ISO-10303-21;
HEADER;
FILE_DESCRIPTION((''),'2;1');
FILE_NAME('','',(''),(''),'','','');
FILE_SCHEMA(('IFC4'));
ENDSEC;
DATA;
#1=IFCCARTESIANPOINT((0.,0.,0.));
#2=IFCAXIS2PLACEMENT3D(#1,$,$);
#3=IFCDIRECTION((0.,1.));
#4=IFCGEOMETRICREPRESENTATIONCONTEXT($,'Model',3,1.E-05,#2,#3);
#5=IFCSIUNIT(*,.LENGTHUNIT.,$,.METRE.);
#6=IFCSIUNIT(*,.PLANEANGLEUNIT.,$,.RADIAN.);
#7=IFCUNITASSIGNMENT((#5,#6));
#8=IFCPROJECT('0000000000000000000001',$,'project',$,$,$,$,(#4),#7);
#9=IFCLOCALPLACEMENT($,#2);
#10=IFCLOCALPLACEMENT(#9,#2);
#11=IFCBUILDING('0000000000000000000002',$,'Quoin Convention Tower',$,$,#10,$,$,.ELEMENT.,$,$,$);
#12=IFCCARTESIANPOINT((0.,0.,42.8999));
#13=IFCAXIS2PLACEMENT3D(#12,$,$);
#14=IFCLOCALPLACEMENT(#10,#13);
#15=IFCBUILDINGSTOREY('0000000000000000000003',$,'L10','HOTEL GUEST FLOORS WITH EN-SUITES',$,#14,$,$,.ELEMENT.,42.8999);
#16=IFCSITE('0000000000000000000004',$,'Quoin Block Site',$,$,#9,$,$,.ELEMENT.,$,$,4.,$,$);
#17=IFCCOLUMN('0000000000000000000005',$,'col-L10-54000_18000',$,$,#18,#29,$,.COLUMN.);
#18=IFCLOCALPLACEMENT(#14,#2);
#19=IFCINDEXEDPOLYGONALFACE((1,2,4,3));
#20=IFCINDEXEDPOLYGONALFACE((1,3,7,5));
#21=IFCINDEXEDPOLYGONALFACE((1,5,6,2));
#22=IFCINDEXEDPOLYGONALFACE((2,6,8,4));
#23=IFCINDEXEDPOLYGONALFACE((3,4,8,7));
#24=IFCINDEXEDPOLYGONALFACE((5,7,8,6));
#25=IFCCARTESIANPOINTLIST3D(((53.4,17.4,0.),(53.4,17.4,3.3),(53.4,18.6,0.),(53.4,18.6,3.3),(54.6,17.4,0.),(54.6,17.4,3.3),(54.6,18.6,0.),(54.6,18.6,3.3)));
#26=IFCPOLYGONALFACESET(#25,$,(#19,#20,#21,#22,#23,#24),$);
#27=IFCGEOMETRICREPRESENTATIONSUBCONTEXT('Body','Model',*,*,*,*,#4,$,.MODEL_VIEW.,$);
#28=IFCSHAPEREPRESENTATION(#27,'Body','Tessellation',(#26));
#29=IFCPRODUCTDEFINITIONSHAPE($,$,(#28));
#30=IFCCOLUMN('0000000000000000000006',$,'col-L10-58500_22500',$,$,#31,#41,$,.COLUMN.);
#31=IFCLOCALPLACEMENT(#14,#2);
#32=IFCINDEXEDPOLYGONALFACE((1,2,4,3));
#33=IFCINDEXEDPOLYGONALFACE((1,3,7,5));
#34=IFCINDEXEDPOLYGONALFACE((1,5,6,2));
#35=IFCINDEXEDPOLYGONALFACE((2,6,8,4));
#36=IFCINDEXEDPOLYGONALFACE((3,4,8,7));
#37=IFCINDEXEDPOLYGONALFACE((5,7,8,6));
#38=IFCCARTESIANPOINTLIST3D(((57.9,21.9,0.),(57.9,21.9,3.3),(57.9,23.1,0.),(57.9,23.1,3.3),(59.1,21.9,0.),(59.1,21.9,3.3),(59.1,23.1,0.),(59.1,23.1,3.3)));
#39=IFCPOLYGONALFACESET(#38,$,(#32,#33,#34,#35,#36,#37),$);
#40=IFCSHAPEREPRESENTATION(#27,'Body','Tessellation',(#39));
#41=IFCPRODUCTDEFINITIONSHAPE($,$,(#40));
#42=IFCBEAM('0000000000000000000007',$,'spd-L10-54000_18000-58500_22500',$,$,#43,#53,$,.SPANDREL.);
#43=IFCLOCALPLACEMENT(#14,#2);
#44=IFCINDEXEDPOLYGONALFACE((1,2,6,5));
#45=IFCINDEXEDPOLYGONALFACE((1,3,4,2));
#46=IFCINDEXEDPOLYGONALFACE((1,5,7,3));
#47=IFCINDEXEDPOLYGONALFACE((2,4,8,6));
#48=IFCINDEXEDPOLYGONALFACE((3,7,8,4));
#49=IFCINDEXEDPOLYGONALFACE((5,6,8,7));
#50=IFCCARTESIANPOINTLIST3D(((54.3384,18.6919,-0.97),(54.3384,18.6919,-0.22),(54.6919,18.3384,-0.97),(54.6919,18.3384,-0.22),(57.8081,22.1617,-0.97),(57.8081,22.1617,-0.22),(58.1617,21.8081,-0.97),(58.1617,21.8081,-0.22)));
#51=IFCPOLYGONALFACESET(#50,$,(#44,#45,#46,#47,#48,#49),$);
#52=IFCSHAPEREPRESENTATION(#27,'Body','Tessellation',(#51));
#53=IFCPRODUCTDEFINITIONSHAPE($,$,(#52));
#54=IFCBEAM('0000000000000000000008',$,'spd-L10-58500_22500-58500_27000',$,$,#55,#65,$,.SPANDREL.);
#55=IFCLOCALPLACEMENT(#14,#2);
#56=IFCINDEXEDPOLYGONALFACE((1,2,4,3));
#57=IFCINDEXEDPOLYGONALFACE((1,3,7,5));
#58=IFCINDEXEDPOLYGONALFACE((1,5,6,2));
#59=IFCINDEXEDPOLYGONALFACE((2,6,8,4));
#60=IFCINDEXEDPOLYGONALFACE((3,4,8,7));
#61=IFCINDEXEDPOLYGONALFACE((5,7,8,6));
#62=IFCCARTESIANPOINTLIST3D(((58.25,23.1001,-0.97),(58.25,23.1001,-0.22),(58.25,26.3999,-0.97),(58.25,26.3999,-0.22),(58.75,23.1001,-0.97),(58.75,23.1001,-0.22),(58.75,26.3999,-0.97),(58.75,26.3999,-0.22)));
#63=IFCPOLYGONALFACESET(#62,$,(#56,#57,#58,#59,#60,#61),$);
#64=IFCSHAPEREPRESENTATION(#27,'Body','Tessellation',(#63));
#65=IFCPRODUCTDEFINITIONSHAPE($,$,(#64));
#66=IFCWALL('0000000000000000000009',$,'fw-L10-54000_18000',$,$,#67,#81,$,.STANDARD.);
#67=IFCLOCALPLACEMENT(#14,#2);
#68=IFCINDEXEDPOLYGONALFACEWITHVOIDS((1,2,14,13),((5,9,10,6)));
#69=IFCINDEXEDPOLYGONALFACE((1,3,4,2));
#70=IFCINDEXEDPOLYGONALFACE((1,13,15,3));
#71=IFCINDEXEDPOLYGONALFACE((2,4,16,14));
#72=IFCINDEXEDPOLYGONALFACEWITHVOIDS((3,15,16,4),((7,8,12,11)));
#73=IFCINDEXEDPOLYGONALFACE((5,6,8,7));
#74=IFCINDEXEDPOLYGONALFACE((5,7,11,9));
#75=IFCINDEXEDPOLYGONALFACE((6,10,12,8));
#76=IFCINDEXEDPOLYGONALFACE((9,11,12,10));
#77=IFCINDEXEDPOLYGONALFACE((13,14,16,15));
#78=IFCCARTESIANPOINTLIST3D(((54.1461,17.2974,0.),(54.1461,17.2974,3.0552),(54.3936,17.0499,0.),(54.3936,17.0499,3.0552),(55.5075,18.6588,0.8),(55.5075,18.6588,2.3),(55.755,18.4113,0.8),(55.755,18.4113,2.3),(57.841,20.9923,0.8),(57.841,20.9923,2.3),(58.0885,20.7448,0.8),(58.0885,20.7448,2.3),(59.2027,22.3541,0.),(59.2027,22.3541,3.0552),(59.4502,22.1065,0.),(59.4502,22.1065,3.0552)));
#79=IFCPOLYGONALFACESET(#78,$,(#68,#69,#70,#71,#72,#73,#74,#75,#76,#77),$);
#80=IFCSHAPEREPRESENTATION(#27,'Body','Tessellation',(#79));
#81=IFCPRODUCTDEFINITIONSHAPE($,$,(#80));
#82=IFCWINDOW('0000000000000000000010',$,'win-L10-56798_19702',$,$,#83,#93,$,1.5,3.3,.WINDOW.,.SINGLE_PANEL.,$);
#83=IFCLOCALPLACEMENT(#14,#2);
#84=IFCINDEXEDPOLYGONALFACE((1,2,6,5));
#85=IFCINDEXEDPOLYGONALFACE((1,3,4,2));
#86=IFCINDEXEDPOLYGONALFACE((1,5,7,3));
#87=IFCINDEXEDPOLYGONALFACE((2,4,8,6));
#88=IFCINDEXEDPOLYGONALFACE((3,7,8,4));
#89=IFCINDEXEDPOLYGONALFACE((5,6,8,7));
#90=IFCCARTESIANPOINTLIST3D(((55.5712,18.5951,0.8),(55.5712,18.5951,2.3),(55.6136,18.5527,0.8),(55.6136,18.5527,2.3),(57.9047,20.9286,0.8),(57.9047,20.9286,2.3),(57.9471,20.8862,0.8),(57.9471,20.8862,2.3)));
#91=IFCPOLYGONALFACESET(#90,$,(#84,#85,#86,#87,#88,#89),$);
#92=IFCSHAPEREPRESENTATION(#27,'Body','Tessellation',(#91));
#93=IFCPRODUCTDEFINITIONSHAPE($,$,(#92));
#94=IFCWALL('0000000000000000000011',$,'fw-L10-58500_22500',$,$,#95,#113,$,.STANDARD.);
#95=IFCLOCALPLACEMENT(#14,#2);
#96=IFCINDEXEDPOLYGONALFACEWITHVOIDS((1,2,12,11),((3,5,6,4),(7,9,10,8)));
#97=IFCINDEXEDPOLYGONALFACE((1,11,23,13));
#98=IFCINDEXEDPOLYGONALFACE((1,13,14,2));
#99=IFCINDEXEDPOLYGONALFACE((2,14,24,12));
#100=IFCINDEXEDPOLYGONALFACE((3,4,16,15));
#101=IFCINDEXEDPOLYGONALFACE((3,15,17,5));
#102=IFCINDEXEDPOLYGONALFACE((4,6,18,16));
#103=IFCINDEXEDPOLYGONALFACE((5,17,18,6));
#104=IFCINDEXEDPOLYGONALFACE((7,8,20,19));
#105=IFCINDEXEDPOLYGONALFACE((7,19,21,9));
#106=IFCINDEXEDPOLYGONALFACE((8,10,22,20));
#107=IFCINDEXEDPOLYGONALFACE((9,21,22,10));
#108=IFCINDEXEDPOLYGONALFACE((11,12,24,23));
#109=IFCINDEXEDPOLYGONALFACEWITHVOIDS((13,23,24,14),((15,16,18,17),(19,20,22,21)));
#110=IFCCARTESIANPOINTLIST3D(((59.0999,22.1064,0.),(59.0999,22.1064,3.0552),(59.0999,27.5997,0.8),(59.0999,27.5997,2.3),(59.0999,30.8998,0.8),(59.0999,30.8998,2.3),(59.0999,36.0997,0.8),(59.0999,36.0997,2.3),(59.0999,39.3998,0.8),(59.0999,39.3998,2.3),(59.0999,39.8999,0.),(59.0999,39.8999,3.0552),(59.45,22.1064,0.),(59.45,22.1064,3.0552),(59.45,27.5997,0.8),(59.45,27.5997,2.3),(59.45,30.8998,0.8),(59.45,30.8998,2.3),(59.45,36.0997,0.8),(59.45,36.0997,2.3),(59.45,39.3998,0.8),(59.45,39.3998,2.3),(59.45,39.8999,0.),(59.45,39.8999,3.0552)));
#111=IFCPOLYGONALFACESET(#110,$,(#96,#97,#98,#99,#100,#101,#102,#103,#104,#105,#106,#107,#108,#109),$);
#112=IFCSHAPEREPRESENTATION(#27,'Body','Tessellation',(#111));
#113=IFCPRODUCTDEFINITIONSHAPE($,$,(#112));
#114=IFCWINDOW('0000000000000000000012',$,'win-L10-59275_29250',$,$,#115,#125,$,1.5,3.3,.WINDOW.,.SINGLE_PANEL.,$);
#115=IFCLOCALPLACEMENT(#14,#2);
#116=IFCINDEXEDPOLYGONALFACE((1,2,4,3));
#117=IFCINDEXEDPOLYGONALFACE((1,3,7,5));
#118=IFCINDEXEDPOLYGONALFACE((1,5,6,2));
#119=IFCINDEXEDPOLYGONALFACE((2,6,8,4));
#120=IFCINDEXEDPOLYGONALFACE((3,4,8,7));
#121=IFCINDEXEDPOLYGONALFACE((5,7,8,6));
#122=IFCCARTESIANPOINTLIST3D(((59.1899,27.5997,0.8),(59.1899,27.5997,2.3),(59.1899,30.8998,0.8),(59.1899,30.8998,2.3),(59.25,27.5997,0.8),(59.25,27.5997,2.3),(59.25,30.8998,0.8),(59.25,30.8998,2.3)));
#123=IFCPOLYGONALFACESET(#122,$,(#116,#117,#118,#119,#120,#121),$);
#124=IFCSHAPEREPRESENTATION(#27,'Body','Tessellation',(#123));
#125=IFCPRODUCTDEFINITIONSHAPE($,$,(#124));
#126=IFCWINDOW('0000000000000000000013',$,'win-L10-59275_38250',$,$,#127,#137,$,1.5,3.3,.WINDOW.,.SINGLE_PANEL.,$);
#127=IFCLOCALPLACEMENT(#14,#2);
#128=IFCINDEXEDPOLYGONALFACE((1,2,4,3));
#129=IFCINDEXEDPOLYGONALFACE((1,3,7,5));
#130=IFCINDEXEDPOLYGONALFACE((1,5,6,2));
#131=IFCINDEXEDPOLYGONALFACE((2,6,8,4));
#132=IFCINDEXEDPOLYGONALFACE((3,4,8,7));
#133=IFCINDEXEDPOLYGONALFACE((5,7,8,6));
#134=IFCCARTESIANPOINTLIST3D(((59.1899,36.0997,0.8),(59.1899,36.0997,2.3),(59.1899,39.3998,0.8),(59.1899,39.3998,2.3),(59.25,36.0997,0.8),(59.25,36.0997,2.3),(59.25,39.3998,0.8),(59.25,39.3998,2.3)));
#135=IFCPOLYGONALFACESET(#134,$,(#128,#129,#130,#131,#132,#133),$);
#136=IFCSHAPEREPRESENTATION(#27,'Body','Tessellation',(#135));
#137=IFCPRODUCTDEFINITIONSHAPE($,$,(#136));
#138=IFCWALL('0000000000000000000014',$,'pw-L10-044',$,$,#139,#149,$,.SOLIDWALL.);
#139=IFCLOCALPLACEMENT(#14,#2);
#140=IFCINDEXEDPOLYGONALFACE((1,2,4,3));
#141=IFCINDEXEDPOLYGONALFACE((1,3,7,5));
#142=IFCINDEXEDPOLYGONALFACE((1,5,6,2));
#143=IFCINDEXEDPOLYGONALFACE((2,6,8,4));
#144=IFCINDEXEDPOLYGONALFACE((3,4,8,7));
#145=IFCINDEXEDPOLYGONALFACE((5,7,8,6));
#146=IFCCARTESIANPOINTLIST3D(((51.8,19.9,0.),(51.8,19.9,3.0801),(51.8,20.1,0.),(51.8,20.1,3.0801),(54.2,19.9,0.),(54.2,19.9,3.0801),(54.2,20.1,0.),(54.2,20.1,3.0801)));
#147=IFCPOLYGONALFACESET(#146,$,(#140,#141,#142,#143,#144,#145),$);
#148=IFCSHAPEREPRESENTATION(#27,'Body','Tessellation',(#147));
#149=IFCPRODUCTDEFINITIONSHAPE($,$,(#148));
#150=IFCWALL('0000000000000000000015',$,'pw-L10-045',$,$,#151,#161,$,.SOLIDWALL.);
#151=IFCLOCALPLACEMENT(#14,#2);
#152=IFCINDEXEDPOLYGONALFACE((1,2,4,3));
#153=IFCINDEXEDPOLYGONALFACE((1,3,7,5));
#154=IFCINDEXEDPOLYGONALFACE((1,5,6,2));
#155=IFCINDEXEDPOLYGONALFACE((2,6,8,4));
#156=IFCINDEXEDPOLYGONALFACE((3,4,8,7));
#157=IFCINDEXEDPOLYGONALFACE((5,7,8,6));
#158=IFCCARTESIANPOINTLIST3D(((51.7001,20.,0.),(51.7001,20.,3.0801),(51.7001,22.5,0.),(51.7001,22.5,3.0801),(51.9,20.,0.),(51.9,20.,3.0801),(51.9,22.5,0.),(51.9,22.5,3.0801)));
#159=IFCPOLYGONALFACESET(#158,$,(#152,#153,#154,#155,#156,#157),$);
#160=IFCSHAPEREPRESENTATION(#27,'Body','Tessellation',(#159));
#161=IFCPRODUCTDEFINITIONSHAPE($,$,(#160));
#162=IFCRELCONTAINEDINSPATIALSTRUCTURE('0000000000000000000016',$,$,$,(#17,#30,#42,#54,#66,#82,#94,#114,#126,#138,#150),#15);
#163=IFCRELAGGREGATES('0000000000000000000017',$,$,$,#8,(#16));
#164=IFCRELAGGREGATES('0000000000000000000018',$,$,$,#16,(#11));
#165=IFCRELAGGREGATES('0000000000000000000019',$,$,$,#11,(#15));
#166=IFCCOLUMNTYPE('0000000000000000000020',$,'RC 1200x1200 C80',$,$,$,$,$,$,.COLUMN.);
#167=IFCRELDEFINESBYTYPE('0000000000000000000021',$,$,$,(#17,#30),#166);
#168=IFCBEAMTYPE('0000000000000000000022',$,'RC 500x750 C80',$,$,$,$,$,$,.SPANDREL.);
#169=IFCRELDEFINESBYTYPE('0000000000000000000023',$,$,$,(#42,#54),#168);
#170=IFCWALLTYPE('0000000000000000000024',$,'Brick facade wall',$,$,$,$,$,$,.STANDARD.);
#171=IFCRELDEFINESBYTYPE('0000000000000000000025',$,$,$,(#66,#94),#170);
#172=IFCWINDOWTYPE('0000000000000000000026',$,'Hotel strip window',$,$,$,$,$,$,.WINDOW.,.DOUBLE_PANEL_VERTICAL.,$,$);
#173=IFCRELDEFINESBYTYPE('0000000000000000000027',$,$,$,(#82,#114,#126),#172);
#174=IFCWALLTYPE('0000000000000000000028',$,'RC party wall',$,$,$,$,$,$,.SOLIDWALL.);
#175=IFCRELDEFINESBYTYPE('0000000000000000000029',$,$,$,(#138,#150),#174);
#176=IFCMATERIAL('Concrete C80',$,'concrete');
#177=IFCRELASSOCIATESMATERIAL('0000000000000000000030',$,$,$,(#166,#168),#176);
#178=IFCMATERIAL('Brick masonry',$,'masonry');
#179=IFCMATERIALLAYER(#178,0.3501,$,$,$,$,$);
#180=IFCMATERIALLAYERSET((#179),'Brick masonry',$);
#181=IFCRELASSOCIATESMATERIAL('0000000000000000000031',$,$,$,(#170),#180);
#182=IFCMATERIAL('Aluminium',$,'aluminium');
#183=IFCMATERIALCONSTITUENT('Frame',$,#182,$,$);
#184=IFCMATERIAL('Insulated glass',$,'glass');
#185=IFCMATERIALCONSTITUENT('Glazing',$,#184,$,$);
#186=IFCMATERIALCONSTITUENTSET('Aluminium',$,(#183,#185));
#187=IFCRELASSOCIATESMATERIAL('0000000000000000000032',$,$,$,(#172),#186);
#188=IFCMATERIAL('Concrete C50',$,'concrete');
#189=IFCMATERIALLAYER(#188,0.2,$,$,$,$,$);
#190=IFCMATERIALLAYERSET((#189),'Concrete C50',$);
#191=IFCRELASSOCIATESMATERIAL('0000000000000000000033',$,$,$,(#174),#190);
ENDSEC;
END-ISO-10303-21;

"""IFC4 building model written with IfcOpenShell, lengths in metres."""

from ifc_helpers import new_model, si_unit, direction, frame, frame_2d, origin, origin_2d, place, context, subcontext, project, spatial, rectangle, extrude, material, layer, layer_set, constituent, constituent_set, material_profile, profile_set, type_object, element, fill, save


model = new_model("IFC4")

# Units and contexts
model_context = context("Model", 3, precision=1e-05, world=origin(), true_north=direction((0.0, 1.0)))
body_context = subcontext(model_context, "Body", "Model", "MODEL_VIEW")
ifc_project = project(units=[si_unit("LENGTHUNIT", "METRE"), si_unit("PLANEANGLEUNIT", "RADIAN")], contexts=[model_context])

# Site, building, storey
site_placement = place(None, origin())
site = spatial("IfcSite", under=ifc_project, at=site_placement, Name="Quoin Block Site", CompositionType="ELEMENT", RefElevation=4.0)
building_placement = place(site_placement, origin())
building = spatial("IfcBuilding", under=site, at=building_placement, Name="Quoin Convention Tower", CompositionType="ELEMENT")
storey_placement = place(building_placement, frame((0.0, 0.0, 42.8999)))
storey = spatial("IfcBuildingStorey", under=building, at=storey_placement, Name="L10", Description="HOTEL GUEST FLOORS WITH EN-SUITES", CompositionType="ELEMENT", Elevation=42.8999)

# Columns
ifc_material_1 = material(Name="Concrete C80", Category="concrete")
ifc_material_profile_1 = material_profile(ifc_material_1, rectangle(XDim=1.2, YDim=1.2, at=origin_2d()), Name="RC 1200x1200")
ifc_profile_set_1 = profile_set([ifc_material_profile_1], Name="Concrete C80")
column_type = type_object("IfcColumnType", Name="RC 1200x1200 C80", PredefinedType="COLUMN", material=ifc_profile_set_1)
for number, where, z_axis, x_axis, name in (
    (1, (54.0, 18.0, 0.0), (0.0, 0.0, 1.0), (1.0, 0.0, 0.0), "col-L10-54000_18000"),
    (2, (58.5, 22.5, 0.0), (0.0, 0.0, 1.0), (1.0, 0.0, 0.0), "col-L10-58500_22500"),
):
    element("IfcColumn", number, at=place(storey_placement, frame(where, z_axis=z_axis, x_axis=x_axis)), inside=storey, type_object=column_type, Name=name, PredefinedType="COLUMN", context=body_context, shape_type="SweptSolid", body=[
        extrude(rectangle(XDim=1.2, YDim=1.2, at=origin_2d()), origin(), (0.0, 0.0, 1.0), 3.3),
    ])

# Beams
ifc_material_profile_2 = material_profile(ifc_material_1, rectangle(XDim=0.5, YDim=0.75, at=origin_2d()), Name="RC 500x750")
ifc_profile_set_2 = profile_set([ifc_material_profile_2], Name="Concrete C80")
beam_type = type_object("IfcBeamType", Name="RC 500x750 C80", PredefinedType="SPANDREL", material=ifc_profile_set_2)
beam_1_placement = place(storey_placement, frame((54.5151, 18.5151, -0.595), z_axis=(0.707107, 0.707107, 0.0), x_axis=(-0.707107, 0.707107, 0.0)))
element("IfcBeam", 3, at=beam_1_placement, inside=storey, type_object=beam_type, Name="spd-L10-54000_18000-58500_22500", PredefinedType="SPANDREL", context=body_context, shape_type="SweptSolid", body=[
    extrude(rectangle(XDim=0.5, YDim=0.75, at=origin_2d()), origin(), (0.0, 0.0, 1.0), 4.907),
])
beam_2_placement = place(storey_placement, frame((58.5, 23.1001, -0.595), z_axis=(0.0, 1.0, 0.0), x_axis=(-1.0, 0.0, 0.0)))
element("IfcBeam", 4, at=beam_2_placement, inside=storey, type_object=beam_type, Name="spd-L10-58500_22500-58500_27000", PredefinedType="SPANDREL", context=body_context, shape_type="SweptSolid", body=[
    extrude(rectangle(XDim=0.5, YDim=0.75, at=origin_2d()), origin(), (0.0, 0.0, 1.0), 3.2998),
])

# Wall, opening, window
ifc_material_2 = material(Name="Brick masonry", Category="masonry")
ifc_layer_1 = layer(ifc_material_2, 0.3501)
ifc_layer_set_1 = layer_set([ifc_layer_1], Name="Brick masonry")
wall_type_1 = type_object("IfcWallType", Name="Brick facade wall", PredefinedType="STANDARD", material=ifc_layer_set_1)
wall_1_placement = place(storey_placement, frame((54.2698, 17.1736, 0.0), z_axis=(0.0, 0.0, 1.0), x_axis=(0.707107, 0.707107, 0.0)))
wall_1 = element("IfcWall", 5, at=wall_1_placement, inside=storey, type_object=wall_type_1, Name="fw-L10-54000_18000", PredefinedType="STANDARD", context=body_context, shape_type="SweptSolid", body=[
    extrude(rectangle(XDim=7.1511, YDim=0.3501, at=frame_2d((3.5757, 0.0))), origin(), (0.0, 0.0, 1.0), 3.0552),
])
opening_1_placement = place(wall_1_placement, frame((1.9255, 0.0, 0.8)))
opening_1 = element("IfcOpeningElement", 6, at=opening_1_placement, cuts=wall_1, PredefinedType="OPENING", context=body_context, shape_type="SweptSolid", body=[
    extrude(rectangle(XDim=3.3, YDim=1.5, at=frame_2d((1.6499, 0.75))), frame((0.0, 0.1851, 0.0), z_axis=(0.0, -1.0, 0.0), x_axis=(1.0, 0.0, 0.0)), (0.0, 0.0, 1.0), 0.3701),
])
ifc_material_3 = material(Name="Aluminium", Category="aluminium")
ifc_constituent_1 = constituent(ifc_material_3, Name="Frame")
ifc_material_4 = material(Name="Insulated glass", Category="glass")
ifc_constituent_2 = constituent(ifc_material_4, Name="Glazing")
ifc_constituent_set = constituent_set(constituents=[ifc_constituent_1, ifc_constituent_2], Name="Aluminium")
window_type = type_object("IfcWindowType", Name="Hotel strip window", PartitioningType="DOUBLE_PANEL_VERTICAL", PredefinedType="WINDOW", material=ifc_constituent_set)
window_1_placement = place(opening_1_placement, origin())
window_1 = element("IfcWindow", 7, at=window_1_placement, inside=storey, type_object=window_type, Name="win-L10-56798_19702", OverallHeight=1.5, OverallWidth=3.3, PartitioningType="SINGLE_PANEL", PredefinedType="WINDOW", context=body_context, shape_type="SweptSolid", body=[
    extrude(rectangle(XDim=3.3, YDim=1.5, at=frame_2d((1.6499, 0.75))), frame((0.0, 0.085, 0.0), z_axis=(0.0, -1.0, 0.0), x_axis=(1.0, 0.0, 0.0)), (0.0, 0.0, 1.0), 0.0601),
])
fill(opening_1, window_1)

# Wall, openings, windows
wall_2_placement = place(storey_placement, frame((59.2749, 22.1064, 0.0), z_axis=(0.0, 0.0, 1.0), x_axis=(0.0, 1.0, 0.0)))
wall_2 = element("IfcWall", 8, at=wall_2_placement, inside=storey, type_object=wall_type_1, Name="fw-L10-58500_22500", PredefinedType="STANDARD", context=body_context, shape_type="SweptSolid", body=[
    extrude(rectangle(XDim=17.7935, YDim=0.3501, at=frame_2d((8.8967, 0.0))), origin(), (0.0, 0.0, 1.0), 3.0552),
])
opening_2_placement = place(wall_2_placement, frame((5.4934, 0.0, 0.8)))
opening_2 = element("IfcOpeningElement", 9, at=opening_2_placement, cuts=wall_2, PredefinedType="OPENING", context=body_context, shape_type="SweptSolid", body=[
    extrude(rectangle(XDim=3.3, YDim=1.5, at=frame_2d((1.6499, 0.75))), frame((0.0, 0.1851, 0.0), z_axis=(0.0, -1.0, 0.0), x_axis=(1.0, 0.0, 0.0)), (0.0, 0.0, 1.0), 0.3701),
])
opening_3_placement = place(wall_2_placement, frame((13.9934, 0.0, 0.8)))
opening_3 = element("IfcOpeningElement", 10, at=opening_3_placement, cuts=wall_2, PredefinedType="OPENING", context=body_context, shape_type="SweptSolid", body=[
    extrude(rectangle(XDim=3.3, YDim=1.5, at=frame_2d((1.6499, 0.75))), frame((0.0, 0.1851, 0.0), z_axis=(0.0, -1.0, 0.0), x_axis=(1.0, 0.0, 0.0)), (0.0, 0.0, 1.0), 0.3701),
])
window_2_placement = place(opening_2_placement, origin())
window_2 = element("IfcWindow", 11, at=window_2_placement, inside=storey, type_object=window_type, Name="win-L10-59275_29250", OverallHeight=1.5, OverallWidth=3.3, PartitioningType="SINGLE_PANEL", PredefinedType="WINDOW", context=body_context, shape_type="SweptSolid", body=[
    extrude(rectangle(XDim=3.3, YDim=1.5, at=frame_2d((1.6499, 0.75))), frame((0.0, 0.085, 0.0), z_axis=(0.0, -1.0, 0.0), x_axis=(1.0, 0.0, 0.0)), (0.0, 0.0, 1.0), 0.0601),
])
fill(opening_2, window_2)
window_3_placement = place(opening_3_placement, origin())
window_3 = element("IfcWindow", 12, at=window_3_placement, inside=storey, type_object=window_type, Name="win-L10-59275_38250", OverallHeight=1.5, OverallWidth=3.3, PartitioningType="SINGLE_PANEL", PredefinedType="WINDOW", context=body_context, shape_type="SweptSolid", body=[
    extrude(rectangle(XDim=3.3, YDim=1.5, at=frame_2d((1.6499, 0.75))), frame((0.0, 0.085, 0.0), z_axis=(0.0, -1.0, 0.0), x_axis=(1.0, 0.0, 0.0)), (0.0, 0.0, 1.0), 0.0601),
])
fill(opening_3, window_3)

# Walls
ifc_material_5 = material(Name="Concrete C50", Category="concrete")
ifc_layer_2 = layer(ifc_material_5, 0.2)
ifc_layer_set_2 = layer_set([ifc_layer_2], Name="Concrete C50")
wall_type_2 = type_object("IfcWallType", Name="RC party wall", PredefinedType="SOLIDWALL", material=ifc_layer_set_2)
wall_3_placement = place(storey_placement, frame((51.8, 20.0, 0.0), z_axis=(0.0, 0.0, 1.0), x_axis=(1.0, 0.0, 0.0)))
element("IfcWall", 13, at=wall_3_placement, inside=storey, type_object=wall_type_2, Name="pw-L10-044", PredefinedType="SOLIDWALL", context=body_context, shape_type="SweptSolid", body=[
    extrude(rectangle(XDim=2.3999, YDim=0.2, at=frame_2d((1.2, 0.0))), origin(), (0.0, 0.0, 1.0), 3.0801),
])
wall_4_placement = place(storey_placement, frame((51.8, 20.0, 0.0), z_axis=(0.0, 0.0, 1.0), x_axis=(0.0, 1.0, 0.0)))
element("IfcWall", 14, at=wall_4_placement, inside=storey, type_object=wall_type_2, Name="pw-L10-045", PredefinedType="SOLIDWALL", context=body_context, shape_type="SweptSolid", body=[
    extrude(rectangle(XDim=2.5, YDim=0.2, at=frame_2d((1.25, 0.0))), origin(), (0.0, 0.0, 1.0), 3.0801),
])

save(model, "model.ifc")
